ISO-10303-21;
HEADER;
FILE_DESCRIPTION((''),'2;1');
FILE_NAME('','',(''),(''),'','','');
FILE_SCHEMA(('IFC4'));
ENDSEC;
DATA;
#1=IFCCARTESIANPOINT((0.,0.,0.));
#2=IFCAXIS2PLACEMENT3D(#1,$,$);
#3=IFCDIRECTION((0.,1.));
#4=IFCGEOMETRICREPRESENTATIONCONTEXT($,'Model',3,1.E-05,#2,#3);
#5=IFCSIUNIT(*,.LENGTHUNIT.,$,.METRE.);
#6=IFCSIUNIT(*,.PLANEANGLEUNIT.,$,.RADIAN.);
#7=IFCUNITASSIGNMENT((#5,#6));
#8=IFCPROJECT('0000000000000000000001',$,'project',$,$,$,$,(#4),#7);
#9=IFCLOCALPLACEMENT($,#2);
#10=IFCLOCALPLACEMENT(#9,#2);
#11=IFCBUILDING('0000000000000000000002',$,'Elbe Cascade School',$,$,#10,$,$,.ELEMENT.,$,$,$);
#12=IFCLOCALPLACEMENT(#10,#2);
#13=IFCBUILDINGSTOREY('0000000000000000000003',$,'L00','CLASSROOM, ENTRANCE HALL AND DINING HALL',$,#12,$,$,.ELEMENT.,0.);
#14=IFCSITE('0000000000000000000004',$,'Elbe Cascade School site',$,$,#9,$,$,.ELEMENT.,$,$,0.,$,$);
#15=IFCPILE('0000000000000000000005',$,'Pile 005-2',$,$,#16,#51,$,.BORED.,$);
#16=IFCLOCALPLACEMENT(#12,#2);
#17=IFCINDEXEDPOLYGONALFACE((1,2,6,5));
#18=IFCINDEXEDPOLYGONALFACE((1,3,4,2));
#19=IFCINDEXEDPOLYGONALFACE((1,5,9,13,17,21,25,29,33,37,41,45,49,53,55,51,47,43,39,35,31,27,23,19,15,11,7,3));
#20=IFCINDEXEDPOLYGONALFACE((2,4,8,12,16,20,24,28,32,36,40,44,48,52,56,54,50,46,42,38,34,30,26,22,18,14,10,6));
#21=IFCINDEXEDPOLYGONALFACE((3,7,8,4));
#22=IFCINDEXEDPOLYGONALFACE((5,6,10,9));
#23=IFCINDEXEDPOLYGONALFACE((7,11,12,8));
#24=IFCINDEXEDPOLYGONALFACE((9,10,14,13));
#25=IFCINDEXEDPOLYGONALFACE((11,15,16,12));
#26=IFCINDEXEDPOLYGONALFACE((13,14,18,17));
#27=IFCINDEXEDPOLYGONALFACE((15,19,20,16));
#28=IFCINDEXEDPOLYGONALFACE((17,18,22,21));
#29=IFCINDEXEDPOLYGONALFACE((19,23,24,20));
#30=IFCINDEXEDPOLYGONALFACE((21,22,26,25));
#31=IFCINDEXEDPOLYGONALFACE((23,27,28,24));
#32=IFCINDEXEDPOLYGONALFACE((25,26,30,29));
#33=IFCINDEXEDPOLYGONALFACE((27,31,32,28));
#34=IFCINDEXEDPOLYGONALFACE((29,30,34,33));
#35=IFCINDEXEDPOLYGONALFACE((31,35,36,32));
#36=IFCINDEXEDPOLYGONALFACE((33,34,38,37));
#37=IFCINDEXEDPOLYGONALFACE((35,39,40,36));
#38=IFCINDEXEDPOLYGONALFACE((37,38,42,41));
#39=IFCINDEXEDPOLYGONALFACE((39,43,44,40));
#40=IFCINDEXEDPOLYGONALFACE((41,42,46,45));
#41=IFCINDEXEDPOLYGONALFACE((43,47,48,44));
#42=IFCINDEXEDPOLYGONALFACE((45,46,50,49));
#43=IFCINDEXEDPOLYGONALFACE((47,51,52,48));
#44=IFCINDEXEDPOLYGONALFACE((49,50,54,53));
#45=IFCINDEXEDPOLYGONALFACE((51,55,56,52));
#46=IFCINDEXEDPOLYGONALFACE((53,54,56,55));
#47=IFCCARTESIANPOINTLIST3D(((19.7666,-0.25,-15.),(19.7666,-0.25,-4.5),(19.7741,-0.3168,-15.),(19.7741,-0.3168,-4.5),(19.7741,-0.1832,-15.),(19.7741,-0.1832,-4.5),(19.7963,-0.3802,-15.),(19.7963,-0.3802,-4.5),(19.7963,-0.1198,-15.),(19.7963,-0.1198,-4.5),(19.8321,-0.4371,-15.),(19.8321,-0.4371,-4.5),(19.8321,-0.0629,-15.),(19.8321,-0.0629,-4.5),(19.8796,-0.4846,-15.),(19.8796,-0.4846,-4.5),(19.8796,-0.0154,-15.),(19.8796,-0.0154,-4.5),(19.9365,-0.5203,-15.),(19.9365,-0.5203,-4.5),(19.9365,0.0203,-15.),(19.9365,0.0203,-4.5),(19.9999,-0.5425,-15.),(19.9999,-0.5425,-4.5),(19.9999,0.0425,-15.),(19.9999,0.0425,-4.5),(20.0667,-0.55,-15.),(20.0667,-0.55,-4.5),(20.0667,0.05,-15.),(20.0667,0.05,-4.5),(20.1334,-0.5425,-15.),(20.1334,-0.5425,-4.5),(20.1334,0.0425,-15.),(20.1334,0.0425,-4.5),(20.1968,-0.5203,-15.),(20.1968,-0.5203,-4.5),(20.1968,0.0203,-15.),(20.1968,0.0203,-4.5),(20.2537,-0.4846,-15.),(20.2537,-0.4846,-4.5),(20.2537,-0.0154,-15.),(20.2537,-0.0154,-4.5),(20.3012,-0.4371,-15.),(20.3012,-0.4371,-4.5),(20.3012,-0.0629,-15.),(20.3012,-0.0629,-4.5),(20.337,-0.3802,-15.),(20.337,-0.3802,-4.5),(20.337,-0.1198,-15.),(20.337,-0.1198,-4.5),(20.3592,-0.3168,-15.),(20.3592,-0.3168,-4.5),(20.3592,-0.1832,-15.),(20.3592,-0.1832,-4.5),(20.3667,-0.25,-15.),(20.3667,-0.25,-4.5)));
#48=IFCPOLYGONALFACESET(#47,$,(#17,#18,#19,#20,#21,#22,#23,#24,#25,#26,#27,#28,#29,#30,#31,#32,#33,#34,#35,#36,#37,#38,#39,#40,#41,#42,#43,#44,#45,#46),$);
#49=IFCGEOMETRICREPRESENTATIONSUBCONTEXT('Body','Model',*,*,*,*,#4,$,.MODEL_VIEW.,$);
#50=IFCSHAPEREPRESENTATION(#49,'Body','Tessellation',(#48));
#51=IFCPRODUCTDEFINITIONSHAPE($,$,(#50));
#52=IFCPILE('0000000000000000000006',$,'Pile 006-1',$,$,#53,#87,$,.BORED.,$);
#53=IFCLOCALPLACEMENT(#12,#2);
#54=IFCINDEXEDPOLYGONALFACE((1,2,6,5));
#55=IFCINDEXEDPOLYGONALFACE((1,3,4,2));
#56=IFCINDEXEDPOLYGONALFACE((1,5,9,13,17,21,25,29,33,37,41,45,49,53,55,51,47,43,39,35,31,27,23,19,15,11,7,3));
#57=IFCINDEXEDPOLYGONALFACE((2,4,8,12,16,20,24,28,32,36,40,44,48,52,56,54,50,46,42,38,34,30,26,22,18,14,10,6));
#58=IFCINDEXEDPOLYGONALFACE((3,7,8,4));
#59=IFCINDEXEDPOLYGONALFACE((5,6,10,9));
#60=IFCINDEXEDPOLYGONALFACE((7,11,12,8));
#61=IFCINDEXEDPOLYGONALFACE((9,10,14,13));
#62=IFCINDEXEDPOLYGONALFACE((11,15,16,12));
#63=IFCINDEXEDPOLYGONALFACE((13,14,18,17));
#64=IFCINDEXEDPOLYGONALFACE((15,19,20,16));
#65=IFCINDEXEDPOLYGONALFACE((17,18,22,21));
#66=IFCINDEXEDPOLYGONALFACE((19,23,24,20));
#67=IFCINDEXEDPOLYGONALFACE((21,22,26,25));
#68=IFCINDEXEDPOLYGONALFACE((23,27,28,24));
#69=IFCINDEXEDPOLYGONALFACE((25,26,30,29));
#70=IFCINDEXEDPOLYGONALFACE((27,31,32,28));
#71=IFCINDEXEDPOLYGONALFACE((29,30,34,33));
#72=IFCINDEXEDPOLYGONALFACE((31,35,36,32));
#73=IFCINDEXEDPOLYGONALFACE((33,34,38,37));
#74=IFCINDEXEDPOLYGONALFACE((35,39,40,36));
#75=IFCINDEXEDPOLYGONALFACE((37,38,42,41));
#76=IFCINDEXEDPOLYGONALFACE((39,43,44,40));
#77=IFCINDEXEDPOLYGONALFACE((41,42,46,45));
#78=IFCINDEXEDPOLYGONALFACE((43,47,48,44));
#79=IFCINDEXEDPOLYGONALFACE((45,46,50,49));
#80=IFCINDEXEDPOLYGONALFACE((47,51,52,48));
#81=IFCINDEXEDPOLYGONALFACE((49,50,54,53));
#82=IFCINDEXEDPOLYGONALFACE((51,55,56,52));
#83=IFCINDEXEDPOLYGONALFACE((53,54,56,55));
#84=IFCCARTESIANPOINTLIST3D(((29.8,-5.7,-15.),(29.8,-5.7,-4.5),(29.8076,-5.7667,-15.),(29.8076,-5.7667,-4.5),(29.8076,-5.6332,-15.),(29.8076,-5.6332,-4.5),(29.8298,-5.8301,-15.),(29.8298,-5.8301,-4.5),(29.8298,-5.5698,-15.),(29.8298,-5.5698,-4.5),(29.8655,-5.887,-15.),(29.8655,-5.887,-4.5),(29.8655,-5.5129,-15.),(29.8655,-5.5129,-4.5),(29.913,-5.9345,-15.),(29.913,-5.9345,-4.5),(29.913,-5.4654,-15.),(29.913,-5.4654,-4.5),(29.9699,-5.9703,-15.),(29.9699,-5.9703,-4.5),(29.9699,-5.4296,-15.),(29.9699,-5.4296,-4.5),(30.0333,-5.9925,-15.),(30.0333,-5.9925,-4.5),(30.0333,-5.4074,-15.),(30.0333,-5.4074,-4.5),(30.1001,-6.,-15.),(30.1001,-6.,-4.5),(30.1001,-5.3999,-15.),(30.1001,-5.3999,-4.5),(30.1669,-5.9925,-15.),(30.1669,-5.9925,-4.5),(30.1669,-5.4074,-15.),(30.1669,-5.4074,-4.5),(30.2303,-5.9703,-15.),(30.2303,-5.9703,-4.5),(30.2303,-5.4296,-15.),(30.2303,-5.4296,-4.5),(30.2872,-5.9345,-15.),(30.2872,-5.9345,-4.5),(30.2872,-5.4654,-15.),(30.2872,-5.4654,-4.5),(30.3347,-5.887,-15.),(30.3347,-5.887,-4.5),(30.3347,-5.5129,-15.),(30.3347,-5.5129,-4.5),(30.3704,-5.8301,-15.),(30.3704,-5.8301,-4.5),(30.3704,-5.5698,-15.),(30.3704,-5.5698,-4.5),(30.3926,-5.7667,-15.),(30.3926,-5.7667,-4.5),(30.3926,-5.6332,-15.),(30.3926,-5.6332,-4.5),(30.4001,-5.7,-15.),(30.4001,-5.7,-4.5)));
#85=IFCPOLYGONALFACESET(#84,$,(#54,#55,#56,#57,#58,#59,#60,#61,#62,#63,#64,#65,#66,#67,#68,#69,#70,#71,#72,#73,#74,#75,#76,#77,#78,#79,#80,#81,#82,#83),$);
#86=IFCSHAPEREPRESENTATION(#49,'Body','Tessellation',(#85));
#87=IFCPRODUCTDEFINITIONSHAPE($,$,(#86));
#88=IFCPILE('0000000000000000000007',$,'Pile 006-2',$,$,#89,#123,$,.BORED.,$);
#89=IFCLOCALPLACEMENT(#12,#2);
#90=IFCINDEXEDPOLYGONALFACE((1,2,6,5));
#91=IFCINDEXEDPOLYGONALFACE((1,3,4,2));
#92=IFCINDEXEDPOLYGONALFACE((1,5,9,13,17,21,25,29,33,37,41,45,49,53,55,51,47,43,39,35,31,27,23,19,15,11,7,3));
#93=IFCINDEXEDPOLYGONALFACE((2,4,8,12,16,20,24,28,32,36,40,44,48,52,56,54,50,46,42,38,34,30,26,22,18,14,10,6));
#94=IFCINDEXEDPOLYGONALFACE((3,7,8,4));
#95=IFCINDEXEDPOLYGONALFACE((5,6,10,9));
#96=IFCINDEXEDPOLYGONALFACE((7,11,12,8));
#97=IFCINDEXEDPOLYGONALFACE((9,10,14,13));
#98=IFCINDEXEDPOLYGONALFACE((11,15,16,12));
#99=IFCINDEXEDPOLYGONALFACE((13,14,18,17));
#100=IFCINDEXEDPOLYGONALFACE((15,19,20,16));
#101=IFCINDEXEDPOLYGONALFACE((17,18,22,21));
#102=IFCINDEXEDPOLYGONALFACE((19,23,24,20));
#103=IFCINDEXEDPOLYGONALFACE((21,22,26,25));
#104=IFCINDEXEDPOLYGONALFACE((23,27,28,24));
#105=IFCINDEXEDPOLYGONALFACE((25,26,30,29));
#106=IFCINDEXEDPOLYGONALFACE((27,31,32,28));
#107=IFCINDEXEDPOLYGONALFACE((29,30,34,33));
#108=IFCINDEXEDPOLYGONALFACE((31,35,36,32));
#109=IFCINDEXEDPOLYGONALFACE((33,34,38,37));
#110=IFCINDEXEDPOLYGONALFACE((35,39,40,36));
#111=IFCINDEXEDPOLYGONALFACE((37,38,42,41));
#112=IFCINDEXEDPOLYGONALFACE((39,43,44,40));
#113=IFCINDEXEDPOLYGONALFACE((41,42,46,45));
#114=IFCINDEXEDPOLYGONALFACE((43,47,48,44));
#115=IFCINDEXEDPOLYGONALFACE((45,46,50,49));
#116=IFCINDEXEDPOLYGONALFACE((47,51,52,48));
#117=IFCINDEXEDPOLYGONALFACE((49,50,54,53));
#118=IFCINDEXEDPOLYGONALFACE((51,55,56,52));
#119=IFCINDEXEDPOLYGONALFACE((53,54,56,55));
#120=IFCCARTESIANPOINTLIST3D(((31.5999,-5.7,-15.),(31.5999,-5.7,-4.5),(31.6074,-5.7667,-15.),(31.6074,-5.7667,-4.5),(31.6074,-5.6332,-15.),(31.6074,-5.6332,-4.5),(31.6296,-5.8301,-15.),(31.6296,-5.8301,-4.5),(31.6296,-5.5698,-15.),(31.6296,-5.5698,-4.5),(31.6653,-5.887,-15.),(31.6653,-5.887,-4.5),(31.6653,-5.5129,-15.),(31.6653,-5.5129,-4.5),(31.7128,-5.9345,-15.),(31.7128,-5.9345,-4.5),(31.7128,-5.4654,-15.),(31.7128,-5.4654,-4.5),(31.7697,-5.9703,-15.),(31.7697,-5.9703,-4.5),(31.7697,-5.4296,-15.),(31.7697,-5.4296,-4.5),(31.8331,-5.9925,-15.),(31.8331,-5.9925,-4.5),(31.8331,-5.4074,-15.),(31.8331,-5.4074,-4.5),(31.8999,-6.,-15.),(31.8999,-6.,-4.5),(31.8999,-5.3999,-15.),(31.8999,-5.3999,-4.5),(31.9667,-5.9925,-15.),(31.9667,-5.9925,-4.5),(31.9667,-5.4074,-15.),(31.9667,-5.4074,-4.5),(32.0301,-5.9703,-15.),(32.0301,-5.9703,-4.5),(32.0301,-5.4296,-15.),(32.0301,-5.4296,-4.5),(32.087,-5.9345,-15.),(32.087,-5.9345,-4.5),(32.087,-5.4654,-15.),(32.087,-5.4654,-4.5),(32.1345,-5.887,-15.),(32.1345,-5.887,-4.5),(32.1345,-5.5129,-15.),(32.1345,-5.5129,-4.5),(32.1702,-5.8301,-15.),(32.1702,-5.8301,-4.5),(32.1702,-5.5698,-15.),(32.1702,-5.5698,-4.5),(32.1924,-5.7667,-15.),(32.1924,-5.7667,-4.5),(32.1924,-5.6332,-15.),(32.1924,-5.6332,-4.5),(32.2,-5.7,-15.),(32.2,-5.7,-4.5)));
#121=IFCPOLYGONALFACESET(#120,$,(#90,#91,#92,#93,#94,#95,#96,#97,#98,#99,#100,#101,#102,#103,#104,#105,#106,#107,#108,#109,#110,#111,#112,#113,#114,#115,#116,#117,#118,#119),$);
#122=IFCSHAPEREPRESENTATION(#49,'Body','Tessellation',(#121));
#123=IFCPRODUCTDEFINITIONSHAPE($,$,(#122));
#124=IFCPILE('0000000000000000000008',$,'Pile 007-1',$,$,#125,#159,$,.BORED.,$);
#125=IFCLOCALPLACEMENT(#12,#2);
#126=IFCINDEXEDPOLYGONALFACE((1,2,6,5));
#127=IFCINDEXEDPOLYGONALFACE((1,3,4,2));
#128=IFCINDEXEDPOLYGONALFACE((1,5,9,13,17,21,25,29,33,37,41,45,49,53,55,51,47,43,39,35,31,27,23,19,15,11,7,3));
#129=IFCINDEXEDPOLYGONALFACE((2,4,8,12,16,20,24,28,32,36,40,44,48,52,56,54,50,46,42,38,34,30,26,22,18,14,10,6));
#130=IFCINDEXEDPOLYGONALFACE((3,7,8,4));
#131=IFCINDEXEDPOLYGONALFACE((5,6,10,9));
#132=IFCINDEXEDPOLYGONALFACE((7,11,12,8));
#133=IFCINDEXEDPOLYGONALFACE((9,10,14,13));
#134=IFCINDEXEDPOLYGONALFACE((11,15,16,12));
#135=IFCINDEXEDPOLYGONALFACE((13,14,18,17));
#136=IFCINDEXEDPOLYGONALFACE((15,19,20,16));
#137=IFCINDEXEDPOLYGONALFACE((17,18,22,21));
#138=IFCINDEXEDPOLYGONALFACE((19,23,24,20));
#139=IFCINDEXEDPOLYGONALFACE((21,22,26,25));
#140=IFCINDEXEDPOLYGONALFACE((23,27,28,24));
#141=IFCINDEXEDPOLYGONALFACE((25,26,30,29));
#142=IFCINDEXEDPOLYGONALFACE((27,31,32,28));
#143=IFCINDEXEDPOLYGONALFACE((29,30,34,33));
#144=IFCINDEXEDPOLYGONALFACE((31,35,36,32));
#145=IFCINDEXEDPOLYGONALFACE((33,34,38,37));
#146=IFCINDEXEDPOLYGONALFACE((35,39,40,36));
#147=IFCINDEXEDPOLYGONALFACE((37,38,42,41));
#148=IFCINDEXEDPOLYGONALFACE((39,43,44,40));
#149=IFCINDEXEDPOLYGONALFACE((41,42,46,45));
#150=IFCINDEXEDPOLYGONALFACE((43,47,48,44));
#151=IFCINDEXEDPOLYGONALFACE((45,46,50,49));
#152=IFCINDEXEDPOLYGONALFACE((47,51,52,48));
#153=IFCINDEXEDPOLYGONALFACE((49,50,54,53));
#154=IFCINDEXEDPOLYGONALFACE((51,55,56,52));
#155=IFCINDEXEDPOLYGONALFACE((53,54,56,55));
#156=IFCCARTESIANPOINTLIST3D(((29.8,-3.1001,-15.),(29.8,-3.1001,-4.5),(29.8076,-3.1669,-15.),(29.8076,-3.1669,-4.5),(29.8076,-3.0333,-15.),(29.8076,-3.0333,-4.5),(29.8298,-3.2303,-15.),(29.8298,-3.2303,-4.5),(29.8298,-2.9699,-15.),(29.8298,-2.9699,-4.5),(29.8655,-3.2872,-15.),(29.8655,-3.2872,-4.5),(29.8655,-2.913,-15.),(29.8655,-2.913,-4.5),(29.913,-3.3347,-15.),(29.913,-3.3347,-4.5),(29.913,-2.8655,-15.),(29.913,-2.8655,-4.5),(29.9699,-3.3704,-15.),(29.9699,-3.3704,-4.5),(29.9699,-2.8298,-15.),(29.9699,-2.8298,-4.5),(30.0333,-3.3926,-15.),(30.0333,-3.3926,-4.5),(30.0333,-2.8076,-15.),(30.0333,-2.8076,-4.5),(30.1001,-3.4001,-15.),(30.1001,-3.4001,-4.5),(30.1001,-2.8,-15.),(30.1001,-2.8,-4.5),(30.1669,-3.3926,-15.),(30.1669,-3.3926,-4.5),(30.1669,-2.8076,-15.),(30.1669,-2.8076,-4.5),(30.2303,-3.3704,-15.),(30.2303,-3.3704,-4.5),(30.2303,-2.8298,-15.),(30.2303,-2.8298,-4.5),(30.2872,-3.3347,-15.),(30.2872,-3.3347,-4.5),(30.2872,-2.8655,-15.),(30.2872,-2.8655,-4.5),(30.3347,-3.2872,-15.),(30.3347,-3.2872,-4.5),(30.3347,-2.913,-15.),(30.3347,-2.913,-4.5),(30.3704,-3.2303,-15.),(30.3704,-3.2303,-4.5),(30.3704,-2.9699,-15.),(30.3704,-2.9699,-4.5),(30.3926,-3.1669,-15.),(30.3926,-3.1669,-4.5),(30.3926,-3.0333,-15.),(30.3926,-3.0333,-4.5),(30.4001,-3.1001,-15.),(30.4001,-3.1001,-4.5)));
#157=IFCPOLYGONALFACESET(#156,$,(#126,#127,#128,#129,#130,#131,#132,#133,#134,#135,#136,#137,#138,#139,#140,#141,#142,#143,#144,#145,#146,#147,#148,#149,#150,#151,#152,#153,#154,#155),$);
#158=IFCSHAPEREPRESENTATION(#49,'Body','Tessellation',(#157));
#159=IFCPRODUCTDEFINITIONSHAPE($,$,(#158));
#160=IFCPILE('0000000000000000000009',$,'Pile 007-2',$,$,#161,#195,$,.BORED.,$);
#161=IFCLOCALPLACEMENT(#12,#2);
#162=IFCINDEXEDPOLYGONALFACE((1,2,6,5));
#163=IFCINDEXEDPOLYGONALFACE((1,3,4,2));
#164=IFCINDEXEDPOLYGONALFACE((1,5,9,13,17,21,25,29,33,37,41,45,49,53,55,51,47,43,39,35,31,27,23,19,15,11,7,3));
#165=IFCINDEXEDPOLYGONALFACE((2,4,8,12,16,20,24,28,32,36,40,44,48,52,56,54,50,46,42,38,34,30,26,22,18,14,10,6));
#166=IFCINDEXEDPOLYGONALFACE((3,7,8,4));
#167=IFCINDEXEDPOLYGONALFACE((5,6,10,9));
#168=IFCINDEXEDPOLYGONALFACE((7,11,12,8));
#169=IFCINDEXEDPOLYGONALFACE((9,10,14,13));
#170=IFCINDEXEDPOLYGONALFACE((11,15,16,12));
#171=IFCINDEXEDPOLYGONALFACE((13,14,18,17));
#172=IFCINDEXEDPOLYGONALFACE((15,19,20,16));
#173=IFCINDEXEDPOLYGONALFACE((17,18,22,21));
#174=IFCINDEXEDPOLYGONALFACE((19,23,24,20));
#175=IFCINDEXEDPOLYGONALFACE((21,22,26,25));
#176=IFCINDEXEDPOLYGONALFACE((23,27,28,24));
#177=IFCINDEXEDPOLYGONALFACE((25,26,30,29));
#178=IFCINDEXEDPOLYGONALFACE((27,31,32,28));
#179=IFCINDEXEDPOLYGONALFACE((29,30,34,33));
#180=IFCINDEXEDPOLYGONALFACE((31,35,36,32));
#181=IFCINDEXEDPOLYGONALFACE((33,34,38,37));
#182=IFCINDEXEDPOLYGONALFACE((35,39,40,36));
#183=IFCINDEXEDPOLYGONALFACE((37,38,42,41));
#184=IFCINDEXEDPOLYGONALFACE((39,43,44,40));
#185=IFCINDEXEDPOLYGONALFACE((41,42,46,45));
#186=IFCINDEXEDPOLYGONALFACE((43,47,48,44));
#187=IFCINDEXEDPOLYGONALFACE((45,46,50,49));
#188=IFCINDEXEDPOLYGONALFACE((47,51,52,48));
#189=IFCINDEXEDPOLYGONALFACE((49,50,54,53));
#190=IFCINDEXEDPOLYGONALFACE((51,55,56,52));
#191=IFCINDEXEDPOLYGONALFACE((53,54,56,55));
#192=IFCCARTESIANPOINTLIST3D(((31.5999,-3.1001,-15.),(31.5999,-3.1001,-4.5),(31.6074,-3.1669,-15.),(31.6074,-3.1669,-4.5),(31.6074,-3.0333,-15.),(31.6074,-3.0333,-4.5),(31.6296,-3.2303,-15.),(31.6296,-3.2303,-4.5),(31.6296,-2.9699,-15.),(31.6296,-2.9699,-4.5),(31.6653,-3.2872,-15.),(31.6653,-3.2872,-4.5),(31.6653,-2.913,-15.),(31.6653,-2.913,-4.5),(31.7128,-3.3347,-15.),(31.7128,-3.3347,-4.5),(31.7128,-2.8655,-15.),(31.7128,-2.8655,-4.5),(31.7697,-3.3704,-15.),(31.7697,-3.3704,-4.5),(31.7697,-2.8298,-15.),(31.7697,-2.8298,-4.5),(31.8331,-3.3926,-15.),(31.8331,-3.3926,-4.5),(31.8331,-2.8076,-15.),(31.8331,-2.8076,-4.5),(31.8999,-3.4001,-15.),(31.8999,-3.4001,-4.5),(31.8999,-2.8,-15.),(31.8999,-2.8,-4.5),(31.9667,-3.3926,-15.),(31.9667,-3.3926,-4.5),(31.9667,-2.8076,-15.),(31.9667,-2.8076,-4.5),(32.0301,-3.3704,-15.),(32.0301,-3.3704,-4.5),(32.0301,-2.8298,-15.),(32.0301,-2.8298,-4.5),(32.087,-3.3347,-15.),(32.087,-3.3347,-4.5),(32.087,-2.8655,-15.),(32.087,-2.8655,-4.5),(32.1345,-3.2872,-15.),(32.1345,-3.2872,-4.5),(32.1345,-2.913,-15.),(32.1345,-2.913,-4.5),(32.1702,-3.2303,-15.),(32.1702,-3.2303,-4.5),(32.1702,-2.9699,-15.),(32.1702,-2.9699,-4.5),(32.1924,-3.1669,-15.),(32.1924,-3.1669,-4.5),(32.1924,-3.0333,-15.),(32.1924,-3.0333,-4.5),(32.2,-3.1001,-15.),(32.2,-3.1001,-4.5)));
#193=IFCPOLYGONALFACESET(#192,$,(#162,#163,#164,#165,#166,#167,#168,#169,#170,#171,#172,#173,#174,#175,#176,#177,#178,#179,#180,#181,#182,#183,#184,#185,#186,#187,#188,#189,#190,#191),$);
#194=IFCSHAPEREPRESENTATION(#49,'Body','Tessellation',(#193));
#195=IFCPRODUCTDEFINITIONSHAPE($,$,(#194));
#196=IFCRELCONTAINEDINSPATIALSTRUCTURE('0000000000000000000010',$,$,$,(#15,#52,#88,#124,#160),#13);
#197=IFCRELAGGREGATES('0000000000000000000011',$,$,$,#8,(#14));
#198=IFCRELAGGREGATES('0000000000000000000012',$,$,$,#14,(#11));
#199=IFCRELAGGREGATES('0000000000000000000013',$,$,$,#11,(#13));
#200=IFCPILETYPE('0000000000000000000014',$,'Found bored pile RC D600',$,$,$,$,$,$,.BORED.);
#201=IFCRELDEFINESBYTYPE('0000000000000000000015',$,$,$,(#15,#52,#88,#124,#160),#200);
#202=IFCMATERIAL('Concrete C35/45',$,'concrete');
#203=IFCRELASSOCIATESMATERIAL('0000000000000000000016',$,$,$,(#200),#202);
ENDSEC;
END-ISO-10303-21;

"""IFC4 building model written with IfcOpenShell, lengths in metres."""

from ifc_helpers import new_model, si_unit, direction, frame, origin, origin_2d, place, context, subcontext, project, spatial, circle, extrude, material, material_profile, profile_set, type_object, element, save


model = new_model("IFC4")

# Units and contexts
model_context = context("Model", 3, precision=1e-05, world=origin(), true_north=direction((0.0, 1.0)))
body_context = subcontext(model_context, "Body", "Model", "MODEL_VIEW")
ifc_project = project(units=[si_unit("LENGTHUNIT", "METRE"), si_unit("PLANEANGLEUNIT", "RADIAN")], contexts=[model_context])

# Site, building, storey
site_placement = place(None, origin())
site = spatial("IfcSite", under=ifc_project, at=site_placement, Name="Elbe Cascade School site", CompositionType="ELEMENT", RefElevation=0.0)
building_placement = place(site_placement, origin())
building = spatial("IfcBuilding", under=site, at=building_placement, Name="Elbe Cascade School", CompositionType="ELEMENT")
storey_placement = place(building_placement, origin())
storey = spatial("IfcBuildingStorey", under=building, at=storey_placement, Name="L00", Description="CLASSROOM, ENTRANCE HALL AND DINING HALL", CompositionType="ELEMENT", Elevation=0.0)

# Piles
ifc_material_1 = material(Name="Concrete C35/45", Category="concrete")
ifc_material_profile_1 = material_profile(ifc_material_1, circle(Radius=0.3, at=origin_2d()), Name="RC D600")
ifc_profile_set_1 = profile_set([ifc_material_profile_1], Name="Concrete C35/45")
pile_type = type_object("IfcPileType", Name="Found bored pile RC D600", PredefinedType="BORED", material=ifc_profile_set_1)
for number, where, z_axis, x_axis, name in (
    (1, (20.0667, -0.25, -4.5), (0.0, 0.0, -1.0), (1.0, 0.0, 0.0), "Pile 005-2"),
    (2, (30.1001, -5.7, -4.5), (0.0, 0.0, -1.0), (1.0, 0.0, 0.0), "Pile 006-1"),
    (3, (31.8999, -5.7, -4.5), (0.0, 0.0, -1.0), (1.0, 0.0, 0.0), "Pile 006-2"),
    (4, (30.1001, -3.1001, -4.5), (0.0, 0.0, -1.0), (1.0, 0.0, 0.0), "Pile 007-1"),
    (5, (31.8999, -3.1001, -4.5), (0.0, 0.0, -1.0), (1.0, 0.0, 0.0), "Pile 007-2"),
):
    element("IfcPile", number, at=place(storey_placement, frame(where, z_axis=z_axis, x_axis=x_axis)), inside=storey, type_object=pile_type, Name=name, PredefinedType="BORED", context=body_context, shape_type="SweptSolid", body=[
        extrude(circle(Radius=0.3, at=origin_2d()), origin(), (0.0, 0.0, 1.0), 10.5),
    ])

save(model, "model.ifc")
